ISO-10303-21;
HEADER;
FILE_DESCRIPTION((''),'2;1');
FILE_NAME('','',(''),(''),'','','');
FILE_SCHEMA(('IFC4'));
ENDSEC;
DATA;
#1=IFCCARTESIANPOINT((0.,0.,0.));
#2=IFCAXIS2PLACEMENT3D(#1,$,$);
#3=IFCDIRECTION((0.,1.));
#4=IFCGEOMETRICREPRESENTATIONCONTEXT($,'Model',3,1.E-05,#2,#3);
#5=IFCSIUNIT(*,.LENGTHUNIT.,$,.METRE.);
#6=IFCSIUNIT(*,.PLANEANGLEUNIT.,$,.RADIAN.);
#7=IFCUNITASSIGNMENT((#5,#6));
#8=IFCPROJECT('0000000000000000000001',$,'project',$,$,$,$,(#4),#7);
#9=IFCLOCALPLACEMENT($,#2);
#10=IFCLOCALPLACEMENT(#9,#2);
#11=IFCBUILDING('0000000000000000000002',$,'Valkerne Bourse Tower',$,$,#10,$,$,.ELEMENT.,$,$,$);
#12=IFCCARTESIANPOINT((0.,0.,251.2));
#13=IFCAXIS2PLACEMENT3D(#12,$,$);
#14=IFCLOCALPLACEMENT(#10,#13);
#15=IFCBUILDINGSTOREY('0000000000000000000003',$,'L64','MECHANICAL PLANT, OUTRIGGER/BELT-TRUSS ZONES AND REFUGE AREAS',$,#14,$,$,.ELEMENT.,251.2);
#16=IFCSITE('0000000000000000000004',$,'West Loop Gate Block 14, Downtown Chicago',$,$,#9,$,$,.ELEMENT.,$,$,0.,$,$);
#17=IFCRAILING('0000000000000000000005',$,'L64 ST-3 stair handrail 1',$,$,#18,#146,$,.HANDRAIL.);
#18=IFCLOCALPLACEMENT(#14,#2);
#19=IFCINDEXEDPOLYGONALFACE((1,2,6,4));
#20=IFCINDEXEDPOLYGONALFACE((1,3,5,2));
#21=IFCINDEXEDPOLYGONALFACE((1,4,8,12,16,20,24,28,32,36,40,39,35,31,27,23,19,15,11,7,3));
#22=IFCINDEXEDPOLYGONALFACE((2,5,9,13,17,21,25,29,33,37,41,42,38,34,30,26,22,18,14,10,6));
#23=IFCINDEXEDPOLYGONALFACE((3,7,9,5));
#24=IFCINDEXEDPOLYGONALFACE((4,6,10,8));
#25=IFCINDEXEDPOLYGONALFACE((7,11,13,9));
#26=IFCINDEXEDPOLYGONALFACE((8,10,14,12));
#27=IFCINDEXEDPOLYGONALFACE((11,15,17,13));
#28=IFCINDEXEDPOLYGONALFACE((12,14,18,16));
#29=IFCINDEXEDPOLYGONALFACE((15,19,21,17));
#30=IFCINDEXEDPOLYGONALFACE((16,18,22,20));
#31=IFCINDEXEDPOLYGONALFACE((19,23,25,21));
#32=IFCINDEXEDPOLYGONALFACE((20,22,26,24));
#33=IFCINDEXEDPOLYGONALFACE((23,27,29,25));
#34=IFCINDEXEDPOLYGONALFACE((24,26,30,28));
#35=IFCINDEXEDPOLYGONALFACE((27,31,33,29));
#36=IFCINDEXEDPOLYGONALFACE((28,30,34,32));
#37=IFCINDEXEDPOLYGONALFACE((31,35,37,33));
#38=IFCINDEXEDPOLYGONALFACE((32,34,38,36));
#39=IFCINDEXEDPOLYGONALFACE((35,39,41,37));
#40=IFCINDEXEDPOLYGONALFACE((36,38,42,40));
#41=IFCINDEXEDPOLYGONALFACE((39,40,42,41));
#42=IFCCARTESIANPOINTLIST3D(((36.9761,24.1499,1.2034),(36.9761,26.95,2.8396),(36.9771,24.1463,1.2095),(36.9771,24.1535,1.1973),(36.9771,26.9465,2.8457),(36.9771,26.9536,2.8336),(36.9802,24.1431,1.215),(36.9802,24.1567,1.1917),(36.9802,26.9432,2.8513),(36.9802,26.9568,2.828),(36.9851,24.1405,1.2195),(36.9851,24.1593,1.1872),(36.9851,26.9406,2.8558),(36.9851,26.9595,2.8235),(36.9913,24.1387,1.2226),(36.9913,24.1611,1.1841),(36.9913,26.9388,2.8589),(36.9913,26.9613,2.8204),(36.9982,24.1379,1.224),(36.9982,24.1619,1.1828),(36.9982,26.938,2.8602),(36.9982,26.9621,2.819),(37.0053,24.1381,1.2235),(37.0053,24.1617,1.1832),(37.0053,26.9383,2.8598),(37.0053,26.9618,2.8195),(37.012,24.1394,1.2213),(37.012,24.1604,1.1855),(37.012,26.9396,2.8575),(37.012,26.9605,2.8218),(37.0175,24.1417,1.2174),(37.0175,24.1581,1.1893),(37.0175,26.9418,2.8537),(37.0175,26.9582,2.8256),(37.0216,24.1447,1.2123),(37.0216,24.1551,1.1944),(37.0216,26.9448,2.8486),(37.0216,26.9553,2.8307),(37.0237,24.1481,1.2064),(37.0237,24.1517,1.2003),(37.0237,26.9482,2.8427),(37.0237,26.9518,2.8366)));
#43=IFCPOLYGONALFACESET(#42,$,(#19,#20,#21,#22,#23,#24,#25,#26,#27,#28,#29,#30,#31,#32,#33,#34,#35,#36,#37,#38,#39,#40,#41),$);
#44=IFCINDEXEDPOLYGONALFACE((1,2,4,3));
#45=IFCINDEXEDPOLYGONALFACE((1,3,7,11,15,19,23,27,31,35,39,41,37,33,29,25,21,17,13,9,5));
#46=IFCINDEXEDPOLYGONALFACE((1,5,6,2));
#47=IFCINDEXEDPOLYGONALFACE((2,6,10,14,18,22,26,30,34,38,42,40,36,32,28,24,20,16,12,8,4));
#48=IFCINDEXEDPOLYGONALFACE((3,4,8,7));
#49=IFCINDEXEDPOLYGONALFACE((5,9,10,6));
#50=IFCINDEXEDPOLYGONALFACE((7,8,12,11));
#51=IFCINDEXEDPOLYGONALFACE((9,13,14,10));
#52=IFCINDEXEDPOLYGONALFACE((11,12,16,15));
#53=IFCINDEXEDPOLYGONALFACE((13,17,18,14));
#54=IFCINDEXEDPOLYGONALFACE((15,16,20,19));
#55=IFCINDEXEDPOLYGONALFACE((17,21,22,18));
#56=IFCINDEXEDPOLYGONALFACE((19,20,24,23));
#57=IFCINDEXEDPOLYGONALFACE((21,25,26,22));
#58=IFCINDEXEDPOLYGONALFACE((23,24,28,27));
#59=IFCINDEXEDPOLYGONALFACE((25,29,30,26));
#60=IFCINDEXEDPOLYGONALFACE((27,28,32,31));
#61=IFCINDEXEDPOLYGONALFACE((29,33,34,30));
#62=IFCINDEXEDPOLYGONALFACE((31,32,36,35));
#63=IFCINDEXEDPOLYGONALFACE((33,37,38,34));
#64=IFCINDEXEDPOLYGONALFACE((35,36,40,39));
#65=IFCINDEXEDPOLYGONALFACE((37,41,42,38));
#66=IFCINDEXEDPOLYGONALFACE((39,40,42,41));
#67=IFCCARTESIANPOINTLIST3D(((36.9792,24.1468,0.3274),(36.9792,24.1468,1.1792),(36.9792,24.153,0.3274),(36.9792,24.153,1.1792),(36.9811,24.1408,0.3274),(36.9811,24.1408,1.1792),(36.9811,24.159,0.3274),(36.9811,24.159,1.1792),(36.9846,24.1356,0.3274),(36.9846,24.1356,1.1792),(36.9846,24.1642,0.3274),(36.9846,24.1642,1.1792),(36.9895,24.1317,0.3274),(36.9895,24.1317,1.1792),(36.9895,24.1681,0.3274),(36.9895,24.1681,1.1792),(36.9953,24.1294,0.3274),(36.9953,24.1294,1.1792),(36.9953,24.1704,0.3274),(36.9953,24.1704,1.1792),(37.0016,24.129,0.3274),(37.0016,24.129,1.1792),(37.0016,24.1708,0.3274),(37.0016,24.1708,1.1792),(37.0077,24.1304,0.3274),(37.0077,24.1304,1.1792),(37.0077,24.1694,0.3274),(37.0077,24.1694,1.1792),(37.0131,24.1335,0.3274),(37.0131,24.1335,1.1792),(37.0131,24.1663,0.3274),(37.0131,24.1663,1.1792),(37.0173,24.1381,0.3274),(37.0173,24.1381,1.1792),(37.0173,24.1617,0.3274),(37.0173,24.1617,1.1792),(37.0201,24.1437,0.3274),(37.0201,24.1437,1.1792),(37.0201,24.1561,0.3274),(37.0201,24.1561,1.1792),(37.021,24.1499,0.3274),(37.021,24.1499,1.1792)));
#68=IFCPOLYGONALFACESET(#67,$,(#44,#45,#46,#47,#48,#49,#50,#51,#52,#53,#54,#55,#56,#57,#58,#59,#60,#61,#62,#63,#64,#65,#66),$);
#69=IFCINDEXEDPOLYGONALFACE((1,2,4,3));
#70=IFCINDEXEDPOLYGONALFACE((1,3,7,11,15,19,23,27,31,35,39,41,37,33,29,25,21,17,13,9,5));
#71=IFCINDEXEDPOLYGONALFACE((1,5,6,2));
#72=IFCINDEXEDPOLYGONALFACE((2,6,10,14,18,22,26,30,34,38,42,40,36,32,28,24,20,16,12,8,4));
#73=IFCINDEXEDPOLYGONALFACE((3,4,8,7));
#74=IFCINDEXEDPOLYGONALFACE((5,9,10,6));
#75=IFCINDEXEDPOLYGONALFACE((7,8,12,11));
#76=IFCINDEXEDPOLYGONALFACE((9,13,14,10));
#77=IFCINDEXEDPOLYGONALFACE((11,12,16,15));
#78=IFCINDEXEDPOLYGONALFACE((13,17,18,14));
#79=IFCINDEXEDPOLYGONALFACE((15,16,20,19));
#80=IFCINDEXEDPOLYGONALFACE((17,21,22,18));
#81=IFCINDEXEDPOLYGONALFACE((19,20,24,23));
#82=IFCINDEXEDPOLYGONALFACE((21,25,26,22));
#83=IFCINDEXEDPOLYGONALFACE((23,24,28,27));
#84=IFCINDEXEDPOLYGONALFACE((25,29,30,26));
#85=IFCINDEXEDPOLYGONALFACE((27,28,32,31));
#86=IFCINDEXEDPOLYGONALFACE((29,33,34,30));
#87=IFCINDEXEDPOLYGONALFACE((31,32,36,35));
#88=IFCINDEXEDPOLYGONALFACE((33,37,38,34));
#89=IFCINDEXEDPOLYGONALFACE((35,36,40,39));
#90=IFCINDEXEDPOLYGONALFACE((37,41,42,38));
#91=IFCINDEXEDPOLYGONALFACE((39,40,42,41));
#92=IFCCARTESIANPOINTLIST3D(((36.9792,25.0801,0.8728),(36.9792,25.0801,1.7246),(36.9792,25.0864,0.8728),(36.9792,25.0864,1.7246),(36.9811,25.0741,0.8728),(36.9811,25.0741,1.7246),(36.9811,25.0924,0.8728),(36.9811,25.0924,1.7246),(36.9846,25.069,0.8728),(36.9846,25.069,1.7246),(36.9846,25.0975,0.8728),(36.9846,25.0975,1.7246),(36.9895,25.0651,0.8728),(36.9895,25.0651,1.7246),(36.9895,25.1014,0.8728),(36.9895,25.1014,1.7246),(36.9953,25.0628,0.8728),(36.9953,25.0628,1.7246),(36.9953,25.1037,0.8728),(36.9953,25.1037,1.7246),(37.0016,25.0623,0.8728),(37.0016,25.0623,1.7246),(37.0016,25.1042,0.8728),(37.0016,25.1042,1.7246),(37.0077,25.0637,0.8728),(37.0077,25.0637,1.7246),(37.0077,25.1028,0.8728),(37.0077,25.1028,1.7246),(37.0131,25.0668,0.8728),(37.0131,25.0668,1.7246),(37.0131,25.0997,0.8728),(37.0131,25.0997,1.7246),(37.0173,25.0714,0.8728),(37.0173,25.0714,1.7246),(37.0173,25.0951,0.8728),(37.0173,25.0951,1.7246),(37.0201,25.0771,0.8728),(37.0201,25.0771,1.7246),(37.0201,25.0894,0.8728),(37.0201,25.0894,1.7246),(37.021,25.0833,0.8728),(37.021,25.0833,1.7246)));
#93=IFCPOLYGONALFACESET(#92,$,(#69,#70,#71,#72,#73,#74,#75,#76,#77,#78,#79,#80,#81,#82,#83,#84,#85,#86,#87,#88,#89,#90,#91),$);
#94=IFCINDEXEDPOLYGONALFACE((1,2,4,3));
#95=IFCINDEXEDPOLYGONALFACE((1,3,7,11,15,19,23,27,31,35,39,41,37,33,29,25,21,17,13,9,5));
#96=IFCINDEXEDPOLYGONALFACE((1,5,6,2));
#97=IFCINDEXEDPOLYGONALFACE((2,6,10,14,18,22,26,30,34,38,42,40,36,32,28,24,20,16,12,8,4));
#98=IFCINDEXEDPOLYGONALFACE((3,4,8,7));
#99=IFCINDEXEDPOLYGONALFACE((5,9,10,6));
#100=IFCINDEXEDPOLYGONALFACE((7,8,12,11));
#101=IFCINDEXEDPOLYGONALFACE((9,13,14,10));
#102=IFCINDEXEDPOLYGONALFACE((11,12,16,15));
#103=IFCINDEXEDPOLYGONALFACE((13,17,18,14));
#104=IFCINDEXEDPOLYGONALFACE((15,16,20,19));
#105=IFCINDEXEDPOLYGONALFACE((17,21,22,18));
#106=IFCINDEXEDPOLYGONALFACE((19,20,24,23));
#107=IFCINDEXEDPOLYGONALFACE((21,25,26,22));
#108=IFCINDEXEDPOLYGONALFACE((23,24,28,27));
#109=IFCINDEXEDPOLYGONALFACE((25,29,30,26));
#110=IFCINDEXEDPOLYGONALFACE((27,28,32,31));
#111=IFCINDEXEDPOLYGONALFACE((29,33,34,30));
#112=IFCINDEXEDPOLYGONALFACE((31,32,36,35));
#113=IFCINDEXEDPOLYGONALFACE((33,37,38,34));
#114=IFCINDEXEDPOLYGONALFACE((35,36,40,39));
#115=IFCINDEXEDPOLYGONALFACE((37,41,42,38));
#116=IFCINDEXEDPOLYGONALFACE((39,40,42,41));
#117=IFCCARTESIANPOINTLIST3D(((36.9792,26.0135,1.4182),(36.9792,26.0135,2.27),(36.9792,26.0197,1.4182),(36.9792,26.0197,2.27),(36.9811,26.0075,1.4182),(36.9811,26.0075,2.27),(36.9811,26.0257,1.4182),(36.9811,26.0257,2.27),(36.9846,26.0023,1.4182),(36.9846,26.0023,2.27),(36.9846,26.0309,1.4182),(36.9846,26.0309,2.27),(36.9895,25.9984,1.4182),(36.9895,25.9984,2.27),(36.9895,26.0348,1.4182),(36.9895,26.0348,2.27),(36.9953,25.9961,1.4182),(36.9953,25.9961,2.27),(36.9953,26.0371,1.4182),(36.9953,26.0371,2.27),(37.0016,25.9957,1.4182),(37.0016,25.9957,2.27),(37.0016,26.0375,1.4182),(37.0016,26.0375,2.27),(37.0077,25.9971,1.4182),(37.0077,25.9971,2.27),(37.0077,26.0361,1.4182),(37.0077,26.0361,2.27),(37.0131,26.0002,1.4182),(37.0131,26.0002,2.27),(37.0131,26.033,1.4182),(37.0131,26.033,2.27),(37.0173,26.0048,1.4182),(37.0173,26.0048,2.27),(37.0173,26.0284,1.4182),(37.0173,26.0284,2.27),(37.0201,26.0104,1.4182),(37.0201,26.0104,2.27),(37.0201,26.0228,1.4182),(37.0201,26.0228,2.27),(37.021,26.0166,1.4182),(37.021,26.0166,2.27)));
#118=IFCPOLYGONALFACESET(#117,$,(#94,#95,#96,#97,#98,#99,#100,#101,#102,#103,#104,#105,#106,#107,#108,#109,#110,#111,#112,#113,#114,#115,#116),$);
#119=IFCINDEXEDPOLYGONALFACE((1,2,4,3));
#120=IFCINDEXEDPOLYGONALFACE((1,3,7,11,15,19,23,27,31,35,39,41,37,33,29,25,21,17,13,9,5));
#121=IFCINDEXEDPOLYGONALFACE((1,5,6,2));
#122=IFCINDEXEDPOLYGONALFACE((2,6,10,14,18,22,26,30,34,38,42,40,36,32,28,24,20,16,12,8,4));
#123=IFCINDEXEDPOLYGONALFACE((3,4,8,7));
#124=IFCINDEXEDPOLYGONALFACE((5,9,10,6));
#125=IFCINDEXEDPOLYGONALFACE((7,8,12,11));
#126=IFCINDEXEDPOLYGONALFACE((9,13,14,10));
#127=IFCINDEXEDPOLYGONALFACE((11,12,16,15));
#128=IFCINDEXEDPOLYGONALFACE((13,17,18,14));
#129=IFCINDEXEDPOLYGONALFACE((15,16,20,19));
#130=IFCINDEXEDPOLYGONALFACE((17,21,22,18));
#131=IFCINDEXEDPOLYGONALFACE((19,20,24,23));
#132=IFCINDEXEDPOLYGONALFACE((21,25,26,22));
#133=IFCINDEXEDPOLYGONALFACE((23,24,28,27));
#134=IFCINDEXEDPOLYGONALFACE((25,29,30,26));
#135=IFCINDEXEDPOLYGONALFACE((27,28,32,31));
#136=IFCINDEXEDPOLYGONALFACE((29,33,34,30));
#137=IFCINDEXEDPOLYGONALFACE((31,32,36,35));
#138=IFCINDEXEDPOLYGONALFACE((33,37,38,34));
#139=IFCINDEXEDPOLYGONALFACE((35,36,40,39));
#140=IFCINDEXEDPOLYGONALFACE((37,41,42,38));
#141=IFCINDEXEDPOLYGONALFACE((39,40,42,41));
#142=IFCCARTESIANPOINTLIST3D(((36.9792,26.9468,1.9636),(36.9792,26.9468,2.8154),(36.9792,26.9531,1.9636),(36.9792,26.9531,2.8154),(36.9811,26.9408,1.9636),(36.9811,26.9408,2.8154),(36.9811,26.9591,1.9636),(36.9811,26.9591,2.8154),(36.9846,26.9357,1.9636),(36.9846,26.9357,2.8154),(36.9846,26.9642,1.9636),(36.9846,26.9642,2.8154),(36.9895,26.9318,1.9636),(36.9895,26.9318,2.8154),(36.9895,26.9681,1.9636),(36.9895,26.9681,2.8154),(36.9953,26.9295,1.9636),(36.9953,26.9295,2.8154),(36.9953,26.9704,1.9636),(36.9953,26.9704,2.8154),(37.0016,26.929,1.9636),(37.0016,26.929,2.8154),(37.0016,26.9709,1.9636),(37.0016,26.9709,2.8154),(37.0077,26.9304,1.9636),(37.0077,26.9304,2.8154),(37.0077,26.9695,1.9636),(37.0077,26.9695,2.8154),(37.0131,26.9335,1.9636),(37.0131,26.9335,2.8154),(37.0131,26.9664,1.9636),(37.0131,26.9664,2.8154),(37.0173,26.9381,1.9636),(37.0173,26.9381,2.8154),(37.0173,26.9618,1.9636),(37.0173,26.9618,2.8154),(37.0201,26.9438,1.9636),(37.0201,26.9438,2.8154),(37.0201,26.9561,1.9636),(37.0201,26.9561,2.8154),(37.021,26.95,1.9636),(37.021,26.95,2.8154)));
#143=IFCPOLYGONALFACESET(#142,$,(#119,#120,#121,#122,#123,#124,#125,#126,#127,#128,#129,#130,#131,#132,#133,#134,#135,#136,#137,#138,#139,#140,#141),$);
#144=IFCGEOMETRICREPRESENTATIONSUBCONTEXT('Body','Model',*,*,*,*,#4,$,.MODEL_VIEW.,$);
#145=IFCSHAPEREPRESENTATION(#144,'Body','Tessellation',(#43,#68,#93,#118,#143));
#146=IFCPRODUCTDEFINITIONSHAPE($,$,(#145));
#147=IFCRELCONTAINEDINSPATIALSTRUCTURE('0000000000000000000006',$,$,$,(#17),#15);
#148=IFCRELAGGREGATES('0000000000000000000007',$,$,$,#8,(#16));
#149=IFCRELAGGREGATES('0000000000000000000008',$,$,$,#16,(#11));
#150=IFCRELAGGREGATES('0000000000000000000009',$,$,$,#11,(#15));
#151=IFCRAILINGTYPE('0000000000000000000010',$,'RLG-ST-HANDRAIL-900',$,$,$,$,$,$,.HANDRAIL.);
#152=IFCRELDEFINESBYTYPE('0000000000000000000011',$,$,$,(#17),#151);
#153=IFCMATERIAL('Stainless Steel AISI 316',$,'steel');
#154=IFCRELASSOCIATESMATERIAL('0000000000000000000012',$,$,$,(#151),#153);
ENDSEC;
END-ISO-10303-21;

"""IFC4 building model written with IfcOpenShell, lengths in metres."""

from ifc_helpers import new_model, si_unit, direction, frame, origin, origin_2d, place, context, subcontext, project, spatial, circle, extrude, material, type_object, element, save


model = new_model("IFC4")

# Units and contexts
model_context = context("Model", 3, precision=1e-05, world=origin(), true_north=direction((0.0, 1.0)))
body_context = subcontext(model_context, "Body", "Model", "MODEL_VIEW")
ifc_project = project(units=[si_unit("LENGTHUNIT", "METRE"), si_unit("PLANEANGLEUNIT", "RADIAN")], contexts=[model_context])

# Site, building, storey
site_placement = place(None, origin())
site = spatial("IfcSite", under=ifc_project, at=site_placement, Name="West Loop Gate Block 14, Downtown Chicago", CompositionType="ELEMENT", RefElevation=0.0)
building_placement = place(site_placement, origin())
building = spatial("IfcBuilding", under=site, at=building_placement, Name="Valkerne Bourse Tower", CompositionType="ELEMENT")
storey_placement = place(building_placement, frame((0.0, 0.0, 251.2)))
storey = spatial("IfcBuildingStorey", under=building, at=storey_placement, Name="L64", Description="MECHANICAL PLANT, OUTRIGGER/BELT-TRUSS ZONES AND REFUGE AREAS", CompositionType="ELEMENT", Elevation=251.2)

# Railing
ifc_material_1 = material(Name="Stainless Steel AISI 316", Category="steel")
railing_type_1 = type_object("IfcRailingType", Name="RLG-ST-HANDRAIL-900", PredefinedType="HANDRAIL", material=ifc_material_1)
railing_1_placement = place(storey_placement, frame((37.0, 24.1499, 0.3274)))
element("IfcRailing", 1, at=railing_1_placement, inside=storey, type_object=railing_type_1, Name="L64 ST-3 stair handrail 1", PredefinedType="HANDRAIL", context=body_context, shape_type="SweptSolid", body=[
    extrude(circle(Radius=0.0239, at=origin_2d()), frame((0.0, 0.0, 0.876), z_axis=(0.0, 0.863394, 0.504531), x_axis=(-1.0, 0.0, 0.0)), (0.0, 0.0, 1.0), 3.2432),
    extrude(circle(Radius=0.021, at=origin_2d()), origin(), (0.0, 0.0, 1.0), 0.8518),
    extrude(circle(Radius=0.021, at=origin_2d()), frame((0.0, 0.9333, 0.5454)), (0.0, 0.0, 1.0), 0.8518),
    extrude(circle(Radius=0.021, at=origin_2d()), frame((0.0, 1.8667, 1.0908)), (0.0, 0.0, 1.0), 0.8518),
    extrude(circle(Radius=0.021, at=origin_2d()), frame((0.0, 2.8, 1.6362)), (0.0, 0.0, 1.0), 0.8518),
])

save(model, "model.ifc")
